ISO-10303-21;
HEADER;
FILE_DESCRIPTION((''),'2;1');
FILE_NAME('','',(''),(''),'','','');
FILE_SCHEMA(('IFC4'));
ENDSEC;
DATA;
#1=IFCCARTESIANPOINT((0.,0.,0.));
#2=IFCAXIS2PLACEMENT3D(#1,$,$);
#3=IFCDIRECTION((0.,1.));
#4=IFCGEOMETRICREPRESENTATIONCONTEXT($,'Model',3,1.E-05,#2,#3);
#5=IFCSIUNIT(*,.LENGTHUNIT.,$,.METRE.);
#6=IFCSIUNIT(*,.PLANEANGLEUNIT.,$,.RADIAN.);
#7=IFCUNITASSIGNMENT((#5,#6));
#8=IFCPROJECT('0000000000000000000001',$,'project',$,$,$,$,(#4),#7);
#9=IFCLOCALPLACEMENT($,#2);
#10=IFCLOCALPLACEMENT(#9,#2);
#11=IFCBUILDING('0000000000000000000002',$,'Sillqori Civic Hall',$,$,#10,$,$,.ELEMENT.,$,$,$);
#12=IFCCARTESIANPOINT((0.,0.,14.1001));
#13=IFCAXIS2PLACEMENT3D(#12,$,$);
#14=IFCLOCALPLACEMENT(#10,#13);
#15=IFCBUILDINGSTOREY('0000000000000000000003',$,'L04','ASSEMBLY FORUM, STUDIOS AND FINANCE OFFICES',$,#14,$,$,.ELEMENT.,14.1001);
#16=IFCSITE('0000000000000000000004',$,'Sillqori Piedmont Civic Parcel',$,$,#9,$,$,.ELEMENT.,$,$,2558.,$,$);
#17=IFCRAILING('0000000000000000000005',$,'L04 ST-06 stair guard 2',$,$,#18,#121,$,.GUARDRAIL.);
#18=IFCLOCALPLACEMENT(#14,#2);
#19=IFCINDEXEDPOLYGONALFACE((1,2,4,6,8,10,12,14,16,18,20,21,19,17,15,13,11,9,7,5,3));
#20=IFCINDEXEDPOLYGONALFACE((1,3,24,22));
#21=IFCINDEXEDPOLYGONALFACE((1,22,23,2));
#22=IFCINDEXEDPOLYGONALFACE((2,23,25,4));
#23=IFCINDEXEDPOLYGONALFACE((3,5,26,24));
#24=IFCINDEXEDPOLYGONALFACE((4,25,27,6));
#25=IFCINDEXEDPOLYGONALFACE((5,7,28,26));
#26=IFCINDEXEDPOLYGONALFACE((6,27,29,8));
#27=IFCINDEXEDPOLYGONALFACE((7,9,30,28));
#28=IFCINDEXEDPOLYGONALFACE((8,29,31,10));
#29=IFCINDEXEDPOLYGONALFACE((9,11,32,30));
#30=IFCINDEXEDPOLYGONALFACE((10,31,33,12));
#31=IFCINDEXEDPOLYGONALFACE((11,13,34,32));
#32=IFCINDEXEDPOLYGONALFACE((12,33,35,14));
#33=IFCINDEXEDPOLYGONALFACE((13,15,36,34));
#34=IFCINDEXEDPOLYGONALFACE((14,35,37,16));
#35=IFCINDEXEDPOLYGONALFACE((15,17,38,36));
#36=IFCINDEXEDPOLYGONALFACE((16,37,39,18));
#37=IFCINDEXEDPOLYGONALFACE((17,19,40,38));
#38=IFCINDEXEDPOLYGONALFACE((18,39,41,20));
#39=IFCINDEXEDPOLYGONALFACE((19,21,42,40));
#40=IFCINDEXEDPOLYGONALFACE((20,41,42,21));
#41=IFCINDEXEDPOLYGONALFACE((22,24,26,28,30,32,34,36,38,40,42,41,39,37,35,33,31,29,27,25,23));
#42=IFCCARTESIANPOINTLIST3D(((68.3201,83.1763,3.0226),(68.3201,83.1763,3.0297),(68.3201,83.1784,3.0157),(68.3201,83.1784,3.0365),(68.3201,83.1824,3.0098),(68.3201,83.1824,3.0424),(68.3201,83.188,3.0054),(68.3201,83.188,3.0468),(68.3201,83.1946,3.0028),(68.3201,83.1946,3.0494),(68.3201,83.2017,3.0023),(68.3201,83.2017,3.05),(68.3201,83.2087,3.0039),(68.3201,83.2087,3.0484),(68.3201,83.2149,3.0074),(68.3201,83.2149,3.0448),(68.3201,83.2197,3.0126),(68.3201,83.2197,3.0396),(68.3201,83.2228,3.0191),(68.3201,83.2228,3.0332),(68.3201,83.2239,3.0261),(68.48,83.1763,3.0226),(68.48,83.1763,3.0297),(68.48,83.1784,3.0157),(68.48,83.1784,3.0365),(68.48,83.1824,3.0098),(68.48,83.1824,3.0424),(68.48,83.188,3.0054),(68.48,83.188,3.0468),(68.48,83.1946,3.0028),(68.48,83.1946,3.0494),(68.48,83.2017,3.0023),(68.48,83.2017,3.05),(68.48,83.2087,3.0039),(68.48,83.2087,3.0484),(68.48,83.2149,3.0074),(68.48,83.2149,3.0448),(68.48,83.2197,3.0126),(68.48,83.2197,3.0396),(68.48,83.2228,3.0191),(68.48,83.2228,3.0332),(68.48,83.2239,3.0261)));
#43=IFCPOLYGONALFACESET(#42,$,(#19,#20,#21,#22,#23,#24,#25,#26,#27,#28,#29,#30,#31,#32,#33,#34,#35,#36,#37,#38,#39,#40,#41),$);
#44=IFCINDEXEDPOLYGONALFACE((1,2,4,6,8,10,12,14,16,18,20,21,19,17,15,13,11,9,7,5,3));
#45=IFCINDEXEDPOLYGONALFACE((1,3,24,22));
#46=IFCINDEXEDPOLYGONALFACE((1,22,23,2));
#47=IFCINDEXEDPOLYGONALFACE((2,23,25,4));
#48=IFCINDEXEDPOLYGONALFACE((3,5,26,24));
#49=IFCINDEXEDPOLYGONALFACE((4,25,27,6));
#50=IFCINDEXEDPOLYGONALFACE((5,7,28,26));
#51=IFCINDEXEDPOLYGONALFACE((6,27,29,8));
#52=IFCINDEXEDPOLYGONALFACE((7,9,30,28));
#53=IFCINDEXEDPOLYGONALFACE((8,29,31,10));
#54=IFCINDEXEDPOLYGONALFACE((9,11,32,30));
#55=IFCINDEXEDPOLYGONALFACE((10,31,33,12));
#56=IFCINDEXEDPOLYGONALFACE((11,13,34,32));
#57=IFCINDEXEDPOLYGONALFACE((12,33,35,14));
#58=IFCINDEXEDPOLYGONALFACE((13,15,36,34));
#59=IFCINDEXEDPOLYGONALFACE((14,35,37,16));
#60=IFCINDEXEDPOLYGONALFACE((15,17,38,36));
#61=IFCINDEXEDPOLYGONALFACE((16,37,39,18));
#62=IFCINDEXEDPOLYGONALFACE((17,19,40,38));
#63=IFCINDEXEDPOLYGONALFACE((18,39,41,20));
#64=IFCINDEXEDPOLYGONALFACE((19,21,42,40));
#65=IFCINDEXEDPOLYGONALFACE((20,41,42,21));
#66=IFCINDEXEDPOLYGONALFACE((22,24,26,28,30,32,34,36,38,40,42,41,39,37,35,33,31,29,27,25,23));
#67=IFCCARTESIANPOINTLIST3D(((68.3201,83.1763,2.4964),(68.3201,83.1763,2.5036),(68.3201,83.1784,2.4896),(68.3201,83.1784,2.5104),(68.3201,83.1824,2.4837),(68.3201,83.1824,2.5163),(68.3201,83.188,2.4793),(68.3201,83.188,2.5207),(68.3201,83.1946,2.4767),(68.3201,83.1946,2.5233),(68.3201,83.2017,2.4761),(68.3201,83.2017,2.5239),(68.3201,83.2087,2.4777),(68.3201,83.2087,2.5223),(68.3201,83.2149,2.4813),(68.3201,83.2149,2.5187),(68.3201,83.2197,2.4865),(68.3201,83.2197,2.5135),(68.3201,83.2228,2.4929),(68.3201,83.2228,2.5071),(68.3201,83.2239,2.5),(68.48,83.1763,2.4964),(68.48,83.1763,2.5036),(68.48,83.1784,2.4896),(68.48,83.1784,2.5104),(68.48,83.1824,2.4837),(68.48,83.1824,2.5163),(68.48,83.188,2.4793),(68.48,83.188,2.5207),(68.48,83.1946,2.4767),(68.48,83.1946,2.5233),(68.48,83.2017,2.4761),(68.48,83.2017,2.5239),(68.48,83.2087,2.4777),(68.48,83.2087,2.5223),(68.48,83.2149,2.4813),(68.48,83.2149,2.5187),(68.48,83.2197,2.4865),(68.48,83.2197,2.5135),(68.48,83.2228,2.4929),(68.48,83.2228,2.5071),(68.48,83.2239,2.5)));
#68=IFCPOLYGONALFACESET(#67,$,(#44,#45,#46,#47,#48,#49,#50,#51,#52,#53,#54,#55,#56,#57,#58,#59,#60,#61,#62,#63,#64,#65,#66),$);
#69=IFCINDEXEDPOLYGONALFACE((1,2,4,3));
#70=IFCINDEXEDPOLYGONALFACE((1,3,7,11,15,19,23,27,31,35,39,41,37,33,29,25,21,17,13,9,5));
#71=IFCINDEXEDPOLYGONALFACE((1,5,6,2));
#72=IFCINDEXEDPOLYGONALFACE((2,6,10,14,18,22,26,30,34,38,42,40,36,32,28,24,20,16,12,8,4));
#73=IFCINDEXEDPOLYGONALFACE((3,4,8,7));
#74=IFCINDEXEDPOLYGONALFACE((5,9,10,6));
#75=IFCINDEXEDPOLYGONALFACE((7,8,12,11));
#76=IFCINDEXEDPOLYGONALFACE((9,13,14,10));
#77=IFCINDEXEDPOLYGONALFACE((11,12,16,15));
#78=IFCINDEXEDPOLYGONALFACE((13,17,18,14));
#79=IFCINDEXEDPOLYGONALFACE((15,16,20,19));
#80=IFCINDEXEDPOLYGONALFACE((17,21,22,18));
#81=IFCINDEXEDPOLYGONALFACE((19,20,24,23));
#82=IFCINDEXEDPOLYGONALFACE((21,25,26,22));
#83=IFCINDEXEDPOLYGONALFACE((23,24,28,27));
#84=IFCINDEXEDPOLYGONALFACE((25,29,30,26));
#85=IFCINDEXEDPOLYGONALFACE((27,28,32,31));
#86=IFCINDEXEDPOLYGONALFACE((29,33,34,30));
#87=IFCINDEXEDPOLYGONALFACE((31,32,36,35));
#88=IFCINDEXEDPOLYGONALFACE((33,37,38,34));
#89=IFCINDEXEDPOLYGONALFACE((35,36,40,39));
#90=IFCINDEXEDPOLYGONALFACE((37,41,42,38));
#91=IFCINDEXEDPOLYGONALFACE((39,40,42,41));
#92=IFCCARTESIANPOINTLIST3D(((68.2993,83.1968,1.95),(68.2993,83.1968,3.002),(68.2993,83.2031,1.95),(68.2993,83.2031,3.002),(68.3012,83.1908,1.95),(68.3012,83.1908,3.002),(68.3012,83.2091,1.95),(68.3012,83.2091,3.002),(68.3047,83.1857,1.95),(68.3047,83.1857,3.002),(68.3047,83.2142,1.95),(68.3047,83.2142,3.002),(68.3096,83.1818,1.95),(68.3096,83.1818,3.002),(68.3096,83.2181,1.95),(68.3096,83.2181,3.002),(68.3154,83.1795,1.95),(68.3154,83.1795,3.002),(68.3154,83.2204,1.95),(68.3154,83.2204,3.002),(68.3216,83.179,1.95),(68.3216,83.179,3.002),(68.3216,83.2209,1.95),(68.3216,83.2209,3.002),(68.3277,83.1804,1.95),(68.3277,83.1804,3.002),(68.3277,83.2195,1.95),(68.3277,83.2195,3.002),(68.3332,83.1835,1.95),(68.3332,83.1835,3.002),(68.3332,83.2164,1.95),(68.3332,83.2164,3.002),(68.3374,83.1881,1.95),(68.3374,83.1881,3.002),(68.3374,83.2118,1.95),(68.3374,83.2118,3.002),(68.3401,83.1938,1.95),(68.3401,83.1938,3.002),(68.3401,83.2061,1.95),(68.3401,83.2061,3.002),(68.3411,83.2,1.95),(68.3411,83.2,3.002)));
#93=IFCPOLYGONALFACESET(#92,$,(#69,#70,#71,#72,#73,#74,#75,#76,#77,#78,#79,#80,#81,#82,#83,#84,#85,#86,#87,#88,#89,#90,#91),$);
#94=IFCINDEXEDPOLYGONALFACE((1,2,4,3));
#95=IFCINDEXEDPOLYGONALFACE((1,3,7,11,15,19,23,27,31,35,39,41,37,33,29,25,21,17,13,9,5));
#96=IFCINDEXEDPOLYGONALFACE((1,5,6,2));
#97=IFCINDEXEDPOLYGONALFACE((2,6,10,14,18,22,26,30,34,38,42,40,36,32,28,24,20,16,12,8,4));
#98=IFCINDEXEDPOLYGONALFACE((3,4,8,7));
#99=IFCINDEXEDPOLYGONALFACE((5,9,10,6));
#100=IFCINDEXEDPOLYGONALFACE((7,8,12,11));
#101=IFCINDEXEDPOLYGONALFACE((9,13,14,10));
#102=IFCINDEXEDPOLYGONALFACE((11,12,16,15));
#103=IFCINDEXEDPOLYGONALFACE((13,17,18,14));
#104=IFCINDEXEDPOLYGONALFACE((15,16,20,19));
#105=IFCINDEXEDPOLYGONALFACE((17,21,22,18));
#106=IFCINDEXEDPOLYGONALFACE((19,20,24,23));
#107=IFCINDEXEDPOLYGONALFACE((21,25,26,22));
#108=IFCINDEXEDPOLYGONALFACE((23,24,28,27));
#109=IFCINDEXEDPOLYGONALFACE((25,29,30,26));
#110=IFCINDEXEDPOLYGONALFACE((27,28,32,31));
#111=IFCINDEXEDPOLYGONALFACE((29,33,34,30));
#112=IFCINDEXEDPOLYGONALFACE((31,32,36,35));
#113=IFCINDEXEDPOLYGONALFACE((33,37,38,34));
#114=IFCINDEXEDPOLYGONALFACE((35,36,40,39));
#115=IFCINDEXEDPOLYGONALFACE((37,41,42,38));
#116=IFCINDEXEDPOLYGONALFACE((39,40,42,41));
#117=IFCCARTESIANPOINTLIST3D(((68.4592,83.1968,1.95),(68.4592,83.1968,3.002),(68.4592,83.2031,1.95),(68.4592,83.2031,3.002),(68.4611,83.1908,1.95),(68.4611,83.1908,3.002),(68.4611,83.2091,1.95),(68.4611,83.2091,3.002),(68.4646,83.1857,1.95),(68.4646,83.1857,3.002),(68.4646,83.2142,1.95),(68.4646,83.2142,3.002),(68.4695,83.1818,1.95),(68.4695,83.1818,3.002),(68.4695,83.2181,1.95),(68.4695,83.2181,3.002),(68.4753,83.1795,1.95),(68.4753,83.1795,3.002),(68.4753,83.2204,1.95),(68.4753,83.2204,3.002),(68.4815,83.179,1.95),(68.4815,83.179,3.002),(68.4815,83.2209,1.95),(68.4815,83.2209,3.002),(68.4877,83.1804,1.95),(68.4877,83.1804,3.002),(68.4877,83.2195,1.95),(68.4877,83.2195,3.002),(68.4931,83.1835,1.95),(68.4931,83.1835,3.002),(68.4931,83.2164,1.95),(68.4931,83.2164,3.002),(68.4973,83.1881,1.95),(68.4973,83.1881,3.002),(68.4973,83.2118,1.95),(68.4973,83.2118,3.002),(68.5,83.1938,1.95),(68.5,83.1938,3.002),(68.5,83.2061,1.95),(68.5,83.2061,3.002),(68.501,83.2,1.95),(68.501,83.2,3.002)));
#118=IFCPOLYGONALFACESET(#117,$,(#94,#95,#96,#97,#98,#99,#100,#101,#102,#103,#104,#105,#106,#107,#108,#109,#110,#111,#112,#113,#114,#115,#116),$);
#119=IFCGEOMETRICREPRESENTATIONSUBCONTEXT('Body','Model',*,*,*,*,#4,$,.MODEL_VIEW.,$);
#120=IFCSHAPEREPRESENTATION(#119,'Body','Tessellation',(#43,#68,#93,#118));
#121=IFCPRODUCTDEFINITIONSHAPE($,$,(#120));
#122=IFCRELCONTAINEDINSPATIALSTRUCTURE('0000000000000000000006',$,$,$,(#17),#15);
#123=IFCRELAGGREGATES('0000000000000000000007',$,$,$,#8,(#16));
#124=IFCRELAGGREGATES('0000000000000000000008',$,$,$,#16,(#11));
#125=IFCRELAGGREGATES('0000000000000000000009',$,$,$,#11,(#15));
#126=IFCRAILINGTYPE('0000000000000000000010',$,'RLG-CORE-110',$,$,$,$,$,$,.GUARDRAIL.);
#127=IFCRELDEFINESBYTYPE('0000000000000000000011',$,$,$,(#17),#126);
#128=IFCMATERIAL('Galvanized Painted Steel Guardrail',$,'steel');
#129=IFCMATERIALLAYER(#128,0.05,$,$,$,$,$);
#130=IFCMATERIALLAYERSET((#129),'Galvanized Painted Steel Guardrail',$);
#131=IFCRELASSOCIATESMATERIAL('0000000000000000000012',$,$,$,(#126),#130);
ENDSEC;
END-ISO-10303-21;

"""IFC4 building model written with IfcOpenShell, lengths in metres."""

from ifc_helpers import new_model, si_unit, direction, frame, origin, origin_2d, place, context, subcontext, project, spatial, circle, extrude, material, layer, layer_set, type_object, element, save


model = new_model("IFC4")

# Units and contexts
model_context = context("Model", 3, precision=1e-05, world=origin(), true_north=direction((0.0, 1.0)))
body_context = subcontext(model_context, "Body", "Model", "MODEL_VIEW")
ifc_project = project(units=[si_unit("LENGTHUNIT", "METRE"), si_unit("PLANEANGLEUNIT", "RADIAN")], contexts=[model_context])

# Site, building, storey
site_placement = place(None, origin())
site = spatial("IfcSite", under=ifc_project, at=site_placement, Name="Sillqori Piedmont Civic Parcel", CompositionType="ELEMENT", RefElevation=2558.0)
building_placement = place(site_placement, origin())
building = spatial("IfcBuilding", under=site, at=building_placement, Name="Sillqori Civic Hall", CompositionType="ELEMENT")
storey_placement = place(building_placement, frame((0.0, 0.0, 14.1001)))
storey = spatial("IfcBuildingStorey", under=building, at=storey_placement, Name="L04", Description="ASSEMBLY FORUM, STUDIOS AND FINANCE OFFICES", CompositionType="ELEMENT", Elevation=14.1001)

# Railing
ifc_material_1 = material(Name="Galvanized Painted Steel Guardrail", Category="steel")
ifc_layer_1 = layer(ifc_material_1, 0.05)
ifc_layer_set_1 = layer_set([ifc_layer_1], Name="Galvanized Painted Steel Guardrail")
railing_type_1 = type_object("IfcRailingType", Name="RLG-CORE-110", PredefinedType="GUARDRAIL", material=ifc_layer_set_1)
railing_1_placement = place(storey_placement, frame((68.3201, 83.2, 1.95)))
element("IfcRailing", 1, at=railing_1_placement, inside=storey, type_object=railing_type_1, Name="L04 ST-06 stair guard 2", PredefinedType="GUARDRAIL", context=body_context, shape_type="SweptSolid", body=[
    extrude(circle(Radius=0.0239, at=origin_2d()), frame((0.0, 0.0, 1.0762), z_axis=(1.0, 0.0, 0.0), x_axis=(0.0, 1.0, 0.0)), (0.0, 0.0, 1.0), 0.1599),
    extrude(circle(Radius=0.0239, at=origin_2d()), frame((0.0, 0.0, 0.55), z_axis=(1.0, 0.0, 0.0), x_axis=(0.0, 1.0, 0.0)), (0.0, 0.0, 1.0), 0.1599),
    extrude(circle(Radius=0.021, at=origin_2d()), origin(), (0.0, 0.0, 1.0), 1.052),
    extrude(circle(Radius=0.021, at=origin_2d()), frame((0.1599, 0.0, 0.0)), (0.0, 0.0, 1.0), 1.052),
])

save(model, "model.ifc")
